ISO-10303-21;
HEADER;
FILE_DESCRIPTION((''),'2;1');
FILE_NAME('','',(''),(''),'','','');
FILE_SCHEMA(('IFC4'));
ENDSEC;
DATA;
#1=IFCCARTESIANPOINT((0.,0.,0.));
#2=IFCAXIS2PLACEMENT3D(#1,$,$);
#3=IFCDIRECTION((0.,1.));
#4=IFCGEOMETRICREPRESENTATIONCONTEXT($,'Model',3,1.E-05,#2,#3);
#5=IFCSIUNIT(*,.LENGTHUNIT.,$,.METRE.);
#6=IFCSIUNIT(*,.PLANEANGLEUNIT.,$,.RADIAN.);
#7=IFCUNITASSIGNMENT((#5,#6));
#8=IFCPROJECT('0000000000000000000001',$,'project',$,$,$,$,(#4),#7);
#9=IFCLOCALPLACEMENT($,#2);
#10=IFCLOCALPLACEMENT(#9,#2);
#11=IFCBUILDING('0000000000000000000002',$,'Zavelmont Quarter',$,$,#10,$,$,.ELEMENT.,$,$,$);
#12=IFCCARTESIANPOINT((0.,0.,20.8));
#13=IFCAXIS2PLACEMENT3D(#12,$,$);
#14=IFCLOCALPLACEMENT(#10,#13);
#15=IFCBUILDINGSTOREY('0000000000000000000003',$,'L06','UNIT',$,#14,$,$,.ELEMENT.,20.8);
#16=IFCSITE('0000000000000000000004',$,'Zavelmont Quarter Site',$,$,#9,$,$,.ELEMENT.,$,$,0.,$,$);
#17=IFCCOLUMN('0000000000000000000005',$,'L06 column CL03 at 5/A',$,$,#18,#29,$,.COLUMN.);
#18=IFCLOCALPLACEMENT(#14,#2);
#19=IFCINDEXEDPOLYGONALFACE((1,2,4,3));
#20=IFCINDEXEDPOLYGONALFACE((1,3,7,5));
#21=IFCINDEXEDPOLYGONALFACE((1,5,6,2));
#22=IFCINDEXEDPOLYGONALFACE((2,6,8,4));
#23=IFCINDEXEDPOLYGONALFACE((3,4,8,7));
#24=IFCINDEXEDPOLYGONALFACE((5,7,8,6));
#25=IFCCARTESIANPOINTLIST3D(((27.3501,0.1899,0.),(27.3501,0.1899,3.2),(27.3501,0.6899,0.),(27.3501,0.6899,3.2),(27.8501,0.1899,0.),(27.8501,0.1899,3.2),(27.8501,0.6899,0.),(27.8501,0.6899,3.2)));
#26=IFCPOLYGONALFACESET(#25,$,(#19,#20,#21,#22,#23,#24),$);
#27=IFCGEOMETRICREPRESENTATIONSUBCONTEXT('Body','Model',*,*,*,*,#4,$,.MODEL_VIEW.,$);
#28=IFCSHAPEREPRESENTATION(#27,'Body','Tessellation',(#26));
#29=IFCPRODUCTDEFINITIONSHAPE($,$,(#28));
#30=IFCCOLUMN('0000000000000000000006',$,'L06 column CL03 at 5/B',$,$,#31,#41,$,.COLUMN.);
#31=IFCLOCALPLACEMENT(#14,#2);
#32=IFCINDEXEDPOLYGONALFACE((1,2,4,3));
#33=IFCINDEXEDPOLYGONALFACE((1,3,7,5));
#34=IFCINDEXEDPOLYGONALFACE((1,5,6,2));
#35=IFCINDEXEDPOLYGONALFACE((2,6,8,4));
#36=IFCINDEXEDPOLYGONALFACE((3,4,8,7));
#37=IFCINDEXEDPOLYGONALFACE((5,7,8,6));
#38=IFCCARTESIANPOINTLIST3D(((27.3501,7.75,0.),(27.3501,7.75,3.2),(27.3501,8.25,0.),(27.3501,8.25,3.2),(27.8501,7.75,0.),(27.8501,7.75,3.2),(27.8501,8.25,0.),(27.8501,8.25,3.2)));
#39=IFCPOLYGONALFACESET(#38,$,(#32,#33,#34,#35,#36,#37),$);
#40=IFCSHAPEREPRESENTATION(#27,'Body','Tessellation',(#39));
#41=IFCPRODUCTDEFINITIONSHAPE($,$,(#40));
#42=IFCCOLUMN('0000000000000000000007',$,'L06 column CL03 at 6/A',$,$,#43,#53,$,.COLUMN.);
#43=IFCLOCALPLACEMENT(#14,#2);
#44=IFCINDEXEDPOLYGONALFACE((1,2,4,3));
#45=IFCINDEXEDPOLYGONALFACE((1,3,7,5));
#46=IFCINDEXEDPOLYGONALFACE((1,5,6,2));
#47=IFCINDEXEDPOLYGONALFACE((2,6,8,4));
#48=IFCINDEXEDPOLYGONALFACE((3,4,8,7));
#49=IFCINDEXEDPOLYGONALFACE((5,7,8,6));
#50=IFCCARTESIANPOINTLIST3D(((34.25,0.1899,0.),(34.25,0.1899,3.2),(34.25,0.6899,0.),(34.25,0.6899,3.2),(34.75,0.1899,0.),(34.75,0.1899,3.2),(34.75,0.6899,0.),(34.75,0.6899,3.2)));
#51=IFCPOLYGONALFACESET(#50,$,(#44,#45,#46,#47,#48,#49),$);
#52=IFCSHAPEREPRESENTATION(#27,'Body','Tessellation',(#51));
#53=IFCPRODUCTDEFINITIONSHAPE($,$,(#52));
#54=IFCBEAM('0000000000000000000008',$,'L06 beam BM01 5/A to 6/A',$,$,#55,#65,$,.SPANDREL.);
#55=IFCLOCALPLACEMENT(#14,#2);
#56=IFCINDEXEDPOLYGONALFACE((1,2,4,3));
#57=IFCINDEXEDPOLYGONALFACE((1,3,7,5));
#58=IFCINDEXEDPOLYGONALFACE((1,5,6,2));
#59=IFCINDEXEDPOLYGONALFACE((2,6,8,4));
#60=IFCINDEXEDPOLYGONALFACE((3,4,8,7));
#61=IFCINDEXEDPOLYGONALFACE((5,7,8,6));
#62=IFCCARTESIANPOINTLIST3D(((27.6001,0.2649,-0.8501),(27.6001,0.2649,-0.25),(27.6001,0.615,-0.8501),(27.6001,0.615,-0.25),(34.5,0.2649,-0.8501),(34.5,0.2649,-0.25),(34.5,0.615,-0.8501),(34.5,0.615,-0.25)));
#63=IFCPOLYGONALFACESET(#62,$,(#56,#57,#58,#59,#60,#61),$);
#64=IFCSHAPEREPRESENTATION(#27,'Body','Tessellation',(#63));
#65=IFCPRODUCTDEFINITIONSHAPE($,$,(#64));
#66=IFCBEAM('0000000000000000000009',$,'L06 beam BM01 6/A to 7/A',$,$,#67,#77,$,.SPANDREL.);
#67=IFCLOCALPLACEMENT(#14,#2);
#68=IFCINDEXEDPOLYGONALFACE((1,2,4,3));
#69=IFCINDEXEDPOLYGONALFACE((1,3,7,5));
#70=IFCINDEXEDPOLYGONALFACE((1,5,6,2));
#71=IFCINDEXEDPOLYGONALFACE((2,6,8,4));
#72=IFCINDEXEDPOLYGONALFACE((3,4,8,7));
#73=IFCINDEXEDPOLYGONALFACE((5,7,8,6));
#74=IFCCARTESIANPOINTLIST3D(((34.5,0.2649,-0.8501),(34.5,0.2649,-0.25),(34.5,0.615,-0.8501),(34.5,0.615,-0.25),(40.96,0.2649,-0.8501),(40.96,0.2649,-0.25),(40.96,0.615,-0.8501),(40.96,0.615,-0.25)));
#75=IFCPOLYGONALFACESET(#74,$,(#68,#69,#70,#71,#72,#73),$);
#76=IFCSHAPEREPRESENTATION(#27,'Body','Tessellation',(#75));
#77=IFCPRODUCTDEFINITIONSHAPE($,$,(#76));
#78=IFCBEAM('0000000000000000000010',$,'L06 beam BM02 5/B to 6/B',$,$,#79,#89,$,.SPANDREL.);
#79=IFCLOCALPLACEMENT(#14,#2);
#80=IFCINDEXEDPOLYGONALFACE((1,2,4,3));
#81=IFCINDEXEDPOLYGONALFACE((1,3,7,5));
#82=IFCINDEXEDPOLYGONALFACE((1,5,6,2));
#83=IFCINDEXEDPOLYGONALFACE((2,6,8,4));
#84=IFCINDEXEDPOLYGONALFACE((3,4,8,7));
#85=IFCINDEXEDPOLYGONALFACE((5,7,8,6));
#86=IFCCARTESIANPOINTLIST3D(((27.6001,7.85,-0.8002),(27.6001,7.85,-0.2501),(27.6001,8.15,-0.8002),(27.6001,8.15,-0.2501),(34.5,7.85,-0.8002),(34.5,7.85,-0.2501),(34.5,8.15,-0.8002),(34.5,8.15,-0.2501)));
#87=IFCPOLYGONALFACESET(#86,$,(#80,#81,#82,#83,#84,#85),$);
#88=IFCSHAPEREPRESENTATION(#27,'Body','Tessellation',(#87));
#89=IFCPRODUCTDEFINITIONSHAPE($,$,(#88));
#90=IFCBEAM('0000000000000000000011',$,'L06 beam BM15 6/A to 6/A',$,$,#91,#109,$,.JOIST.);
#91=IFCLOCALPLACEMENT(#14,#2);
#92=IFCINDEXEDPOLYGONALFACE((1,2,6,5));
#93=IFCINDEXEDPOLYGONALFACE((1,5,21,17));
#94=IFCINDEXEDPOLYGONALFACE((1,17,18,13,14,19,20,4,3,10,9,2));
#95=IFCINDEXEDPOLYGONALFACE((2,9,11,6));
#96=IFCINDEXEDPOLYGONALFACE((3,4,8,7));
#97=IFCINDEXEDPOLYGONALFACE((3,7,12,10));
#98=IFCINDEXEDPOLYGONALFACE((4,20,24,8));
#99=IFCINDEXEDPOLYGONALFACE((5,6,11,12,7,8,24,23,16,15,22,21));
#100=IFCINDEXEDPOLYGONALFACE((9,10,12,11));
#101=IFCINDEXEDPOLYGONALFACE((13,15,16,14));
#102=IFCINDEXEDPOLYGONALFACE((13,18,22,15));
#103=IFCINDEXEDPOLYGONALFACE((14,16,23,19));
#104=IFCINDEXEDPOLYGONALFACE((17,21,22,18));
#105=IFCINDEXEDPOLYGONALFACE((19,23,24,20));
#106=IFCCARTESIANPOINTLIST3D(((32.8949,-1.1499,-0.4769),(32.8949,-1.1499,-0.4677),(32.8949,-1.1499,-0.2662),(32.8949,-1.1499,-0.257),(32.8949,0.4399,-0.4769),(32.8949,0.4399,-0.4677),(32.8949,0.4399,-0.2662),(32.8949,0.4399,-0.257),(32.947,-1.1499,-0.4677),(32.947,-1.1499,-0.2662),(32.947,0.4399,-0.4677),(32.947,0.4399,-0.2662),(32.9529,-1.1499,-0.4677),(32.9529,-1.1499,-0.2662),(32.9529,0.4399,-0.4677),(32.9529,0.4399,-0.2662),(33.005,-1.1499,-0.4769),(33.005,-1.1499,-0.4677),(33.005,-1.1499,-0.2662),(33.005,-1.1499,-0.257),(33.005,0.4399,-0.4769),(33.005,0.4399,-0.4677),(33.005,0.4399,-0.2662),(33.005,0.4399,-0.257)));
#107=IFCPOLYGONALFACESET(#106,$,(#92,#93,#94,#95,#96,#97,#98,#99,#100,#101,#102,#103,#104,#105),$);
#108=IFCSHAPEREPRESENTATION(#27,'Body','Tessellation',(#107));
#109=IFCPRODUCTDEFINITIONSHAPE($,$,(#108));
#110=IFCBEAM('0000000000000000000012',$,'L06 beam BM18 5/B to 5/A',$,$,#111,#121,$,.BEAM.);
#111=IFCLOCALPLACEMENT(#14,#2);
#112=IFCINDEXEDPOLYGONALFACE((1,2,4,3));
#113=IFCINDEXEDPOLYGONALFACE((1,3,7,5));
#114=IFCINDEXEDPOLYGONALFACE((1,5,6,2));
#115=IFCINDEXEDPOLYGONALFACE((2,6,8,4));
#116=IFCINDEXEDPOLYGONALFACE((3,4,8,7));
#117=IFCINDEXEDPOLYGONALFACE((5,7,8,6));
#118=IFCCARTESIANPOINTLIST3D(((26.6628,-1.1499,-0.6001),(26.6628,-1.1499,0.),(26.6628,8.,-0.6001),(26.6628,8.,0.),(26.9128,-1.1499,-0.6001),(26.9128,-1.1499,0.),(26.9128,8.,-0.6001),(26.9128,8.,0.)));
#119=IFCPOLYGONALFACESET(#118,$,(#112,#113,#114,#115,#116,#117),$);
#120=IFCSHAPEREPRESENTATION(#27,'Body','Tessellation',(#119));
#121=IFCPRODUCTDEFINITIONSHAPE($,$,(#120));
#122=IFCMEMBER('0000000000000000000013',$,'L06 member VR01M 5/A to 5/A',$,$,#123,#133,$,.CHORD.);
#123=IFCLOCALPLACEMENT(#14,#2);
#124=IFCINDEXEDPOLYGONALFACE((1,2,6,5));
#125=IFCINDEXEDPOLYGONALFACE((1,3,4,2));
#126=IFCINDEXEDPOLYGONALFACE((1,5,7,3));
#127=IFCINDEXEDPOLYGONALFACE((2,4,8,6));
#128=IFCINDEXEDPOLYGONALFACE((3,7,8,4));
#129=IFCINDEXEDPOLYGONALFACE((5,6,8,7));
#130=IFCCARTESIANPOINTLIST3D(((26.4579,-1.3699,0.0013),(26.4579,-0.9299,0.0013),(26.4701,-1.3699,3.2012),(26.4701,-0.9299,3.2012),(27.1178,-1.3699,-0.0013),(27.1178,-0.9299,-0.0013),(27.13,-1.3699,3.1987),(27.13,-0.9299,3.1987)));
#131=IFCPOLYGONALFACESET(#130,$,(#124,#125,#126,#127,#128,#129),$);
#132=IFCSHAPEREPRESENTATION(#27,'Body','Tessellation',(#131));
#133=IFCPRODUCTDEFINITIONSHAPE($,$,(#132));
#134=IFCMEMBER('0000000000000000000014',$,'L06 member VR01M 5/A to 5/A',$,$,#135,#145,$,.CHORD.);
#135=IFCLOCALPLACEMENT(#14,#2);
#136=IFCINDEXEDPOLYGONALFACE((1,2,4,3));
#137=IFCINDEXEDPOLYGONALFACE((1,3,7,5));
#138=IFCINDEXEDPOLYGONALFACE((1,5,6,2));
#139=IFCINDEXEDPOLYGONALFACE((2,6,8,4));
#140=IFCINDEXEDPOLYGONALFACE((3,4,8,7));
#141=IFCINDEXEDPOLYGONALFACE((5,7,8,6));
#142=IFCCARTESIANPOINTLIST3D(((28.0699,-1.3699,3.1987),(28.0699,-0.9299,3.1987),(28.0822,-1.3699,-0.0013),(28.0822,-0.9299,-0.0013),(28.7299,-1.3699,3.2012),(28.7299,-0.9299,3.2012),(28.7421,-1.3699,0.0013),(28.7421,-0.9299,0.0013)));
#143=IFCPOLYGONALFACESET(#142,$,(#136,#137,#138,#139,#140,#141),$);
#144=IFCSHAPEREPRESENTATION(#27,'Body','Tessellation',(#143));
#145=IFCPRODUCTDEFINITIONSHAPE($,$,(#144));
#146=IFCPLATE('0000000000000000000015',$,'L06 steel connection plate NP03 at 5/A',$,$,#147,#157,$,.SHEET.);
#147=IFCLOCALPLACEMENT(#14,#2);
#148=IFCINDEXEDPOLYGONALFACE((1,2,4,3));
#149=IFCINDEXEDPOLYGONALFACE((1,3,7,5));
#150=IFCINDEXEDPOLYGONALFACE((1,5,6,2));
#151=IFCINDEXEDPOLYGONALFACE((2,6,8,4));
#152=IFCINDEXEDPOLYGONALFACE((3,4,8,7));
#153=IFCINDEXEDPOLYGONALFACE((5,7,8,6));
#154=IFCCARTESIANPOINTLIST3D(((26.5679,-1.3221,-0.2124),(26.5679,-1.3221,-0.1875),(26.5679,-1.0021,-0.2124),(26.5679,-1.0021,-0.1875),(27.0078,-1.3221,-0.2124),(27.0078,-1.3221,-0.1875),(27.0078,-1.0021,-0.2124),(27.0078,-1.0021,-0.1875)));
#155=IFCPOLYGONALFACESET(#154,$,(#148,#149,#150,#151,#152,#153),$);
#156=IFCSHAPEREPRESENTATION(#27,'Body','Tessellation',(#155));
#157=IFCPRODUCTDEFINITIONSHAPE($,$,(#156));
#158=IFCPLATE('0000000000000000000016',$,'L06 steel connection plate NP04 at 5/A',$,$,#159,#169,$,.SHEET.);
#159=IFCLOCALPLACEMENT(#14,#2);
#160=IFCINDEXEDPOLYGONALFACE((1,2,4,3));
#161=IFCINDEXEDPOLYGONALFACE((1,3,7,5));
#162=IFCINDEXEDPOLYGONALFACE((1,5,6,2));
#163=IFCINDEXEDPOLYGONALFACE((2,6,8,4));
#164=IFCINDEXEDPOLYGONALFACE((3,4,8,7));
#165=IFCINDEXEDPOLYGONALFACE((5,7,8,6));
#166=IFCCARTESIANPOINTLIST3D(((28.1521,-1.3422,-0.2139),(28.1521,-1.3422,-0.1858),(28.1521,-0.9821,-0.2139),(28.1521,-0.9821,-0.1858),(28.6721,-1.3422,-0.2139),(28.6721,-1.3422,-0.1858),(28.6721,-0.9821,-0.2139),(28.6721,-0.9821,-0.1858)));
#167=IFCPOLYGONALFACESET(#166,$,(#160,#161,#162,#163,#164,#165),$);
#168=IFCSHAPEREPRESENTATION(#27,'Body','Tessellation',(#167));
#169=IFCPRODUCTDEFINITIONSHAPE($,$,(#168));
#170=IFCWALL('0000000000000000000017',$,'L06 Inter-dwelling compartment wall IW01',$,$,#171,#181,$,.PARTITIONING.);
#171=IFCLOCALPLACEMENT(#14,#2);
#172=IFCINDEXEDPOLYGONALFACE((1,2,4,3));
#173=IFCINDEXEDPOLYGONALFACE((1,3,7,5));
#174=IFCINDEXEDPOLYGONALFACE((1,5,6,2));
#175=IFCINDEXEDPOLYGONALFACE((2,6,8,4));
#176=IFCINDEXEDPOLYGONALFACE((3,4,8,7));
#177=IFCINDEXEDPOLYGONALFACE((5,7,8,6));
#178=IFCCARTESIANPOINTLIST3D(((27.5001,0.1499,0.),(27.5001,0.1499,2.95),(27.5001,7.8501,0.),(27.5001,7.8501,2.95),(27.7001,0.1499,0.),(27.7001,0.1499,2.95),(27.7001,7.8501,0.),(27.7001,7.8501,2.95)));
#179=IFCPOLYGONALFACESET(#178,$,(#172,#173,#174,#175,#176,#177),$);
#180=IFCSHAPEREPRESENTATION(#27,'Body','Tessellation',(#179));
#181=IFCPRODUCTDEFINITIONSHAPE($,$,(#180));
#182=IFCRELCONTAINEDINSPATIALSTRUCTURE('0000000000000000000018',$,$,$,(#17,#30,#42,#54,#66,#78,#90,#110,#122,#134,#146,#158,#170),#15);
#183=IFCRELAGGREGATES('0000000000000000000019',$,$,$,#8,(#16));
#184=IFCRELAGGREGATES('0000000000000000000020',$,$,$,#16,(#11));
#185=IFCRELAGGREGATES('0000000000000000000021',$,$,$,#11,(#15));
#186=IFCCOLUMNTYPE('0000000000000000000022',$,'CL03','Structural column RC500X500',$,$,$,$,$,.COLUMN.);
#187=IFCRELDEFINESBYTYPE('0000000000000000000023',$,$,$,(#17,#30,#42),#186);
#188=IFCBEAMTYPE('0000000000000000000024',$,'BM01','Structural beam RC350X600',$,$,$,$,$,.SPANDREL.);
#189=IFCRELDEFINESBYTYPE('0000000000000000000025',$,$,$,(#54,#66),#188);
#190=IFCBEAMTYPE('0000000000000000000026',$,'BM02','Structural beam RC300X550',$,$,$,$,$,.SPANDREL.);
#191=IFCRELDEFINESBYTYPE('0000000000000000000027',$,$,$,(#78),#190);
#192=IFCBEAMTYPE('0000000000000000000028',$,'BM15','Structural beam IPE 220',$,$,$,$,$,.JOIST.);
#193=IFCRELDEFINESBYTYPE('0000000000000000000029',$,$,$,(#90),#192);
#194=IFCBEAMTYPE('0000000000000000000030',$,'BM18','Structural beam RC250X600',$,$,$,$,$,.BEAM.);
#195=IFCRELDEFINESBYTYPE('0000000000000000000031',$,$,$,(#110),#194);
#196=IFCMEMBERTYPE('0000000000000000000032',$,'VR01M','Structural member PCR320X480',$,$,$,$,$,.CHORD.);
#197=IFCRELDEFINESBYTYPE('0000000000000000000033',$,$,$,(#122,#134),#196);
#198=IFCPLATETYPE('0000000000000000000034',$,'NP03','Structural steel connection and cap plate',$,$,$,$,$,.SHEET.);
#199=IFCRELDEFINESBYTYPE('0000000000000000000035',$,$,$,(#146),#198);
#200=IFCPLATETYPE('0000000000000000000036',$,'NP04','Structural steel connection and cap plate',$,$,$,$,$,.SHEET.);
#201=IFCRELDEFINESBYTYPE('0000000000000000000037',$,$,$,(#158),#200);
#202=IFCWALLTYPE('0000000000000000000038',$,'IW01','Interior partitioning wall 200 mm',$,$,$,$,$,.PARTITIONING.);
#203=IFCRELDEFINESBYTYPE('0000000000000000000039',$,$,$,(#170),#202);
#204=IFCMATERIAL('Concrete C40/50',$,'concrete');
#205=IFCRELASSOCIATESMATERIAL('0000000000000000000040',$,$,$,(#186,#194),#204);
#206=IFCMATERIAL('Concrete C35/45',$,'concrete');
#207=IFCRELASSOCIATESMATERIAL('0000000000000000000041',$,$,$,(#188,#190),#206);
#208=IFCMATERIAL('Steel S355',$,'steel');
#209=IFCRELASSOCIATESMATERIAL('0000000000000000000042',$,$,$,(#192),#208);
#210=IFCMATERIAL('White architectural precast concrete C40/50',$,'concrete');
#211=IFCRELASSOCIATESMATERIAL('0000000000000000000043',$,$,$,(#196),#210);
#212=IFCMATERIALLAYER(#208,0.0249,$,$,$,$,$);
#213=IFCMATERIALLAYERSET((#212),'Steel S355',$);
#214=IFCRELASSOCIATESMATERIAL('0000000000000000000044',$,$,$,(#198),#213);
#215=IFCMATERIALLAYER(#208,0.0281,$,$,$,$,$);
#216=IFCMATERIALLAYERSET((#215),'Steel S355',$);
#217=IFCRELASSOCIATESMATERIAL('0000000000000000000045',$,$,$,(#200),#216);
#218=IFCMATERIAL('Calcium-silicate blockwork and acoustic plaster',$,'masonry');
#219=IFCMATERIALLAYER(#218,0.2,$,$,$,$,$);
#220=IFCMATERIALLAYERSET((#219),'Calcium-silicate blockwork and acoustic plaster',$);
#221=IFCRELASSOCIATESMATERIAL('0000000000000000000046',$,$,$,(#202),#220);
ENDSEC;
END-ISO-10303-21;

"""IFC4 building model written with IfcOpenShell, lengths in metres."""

from ifc_helpers import new_model, si_unit, direction, frame, frame_2d, origin, origin_2d, place, context, subcontext, project, spatial, rectangle, i_section, extrude, material, layer, layer_set, material_profile, profile_set, type_object, element, save


model = new_model("IFC4")

# Units and contexts
model_context = context("Model", 3, precision=1e-05, world=origin(), true_north=direction((0.0, 1.0)))
body_context = subcontext(model_context, "Body", "Model", "MODEL_VIEW")
ifc_project = project(units=[si_unit("LENGTHUNIT", "METRE"), si_unit("PLANEANGLEUNIT", "RADIAN")], contexts=[model_context])

# Site, building, storey
site_placement = place(None, origin())
site = spatial("IfcSite", under=ifc_project, at=site_placement, Name="Zavelmont Quarter Site", CompositionType="ELEMENT", RefElevation=0.0)
building_placement = place(site_placement, origin())
building = spatial("IfcBuilding", under=site, at=building_placement, Name="Zavelmont Quarter", CompositionType="ELEMENT")
storey_placement = place(building_placement, frame((0.0, 0.0, 20.8)))
storey = spatial("IfcBuildingStorey", under=building, at=storey_placement, Name="L06", Description="UNIT", CompositionType="ELEMENT", Elevation=20.8)

# Columns
ifc_material_1 = material(Name="Concrete C40/50", Category="concrete")
ifc_material_profile_1 = material_profile(ifc_material_1, rectangle(XDim=0.5, YDim=0.5, at=origin_2d()), Name="RC500X500")
ifc_profile_set_1 = profile_set([ifc_material_profile_1], Name="Concrete C40/50")
column_type = type_object("IfcColumnType", Name="CL03", Description="Structural column RC500X500", PredefinedType="COLUMN", material=ifc_profile_set_1)
for number, where, z_axis, x_axis, name in (
    (1, (27.6001, 0.4399, 0.0), (0.0, 0.0, 1.0), (1.0, 0.0, 0.0), "L06 column CL03 at 5/A"),
    (2, (27.6001, 8.0, 0.0), (0.0, 0.0, 1.0), (1.0, 0.0, 0.0), "L06 column CL03 at 5/B"),
    (3, (34.5, 0.4399, 0.0), (0.0, 0.0, 1.0), (1.0, 0.0, 0.0), "L06 column CL03 at 6/A"),
):
    element("IfcColumn", number, at=place(storey_placement, frame(where, z_axis=z_axis, x_axis=x_axis)), inside=storey, type_object=column_type, Name=name, PredefinedType="COLUMN", context=body_context, shape_type="SweptSolid", body=[
        extrude(rectangle(XDim=0.5, YDim=0.5, at=origin_2d()), origin(), (0.0, 0.0, 1.0), 3.2),
    ])

# Beams
ifc_material_2 = material(Name="Concrete C35/45", Category="concrete")
ifc_material_profile_2 = material_profile(ifc_material_2, rectangle(XDim=0.3501, YDim=0.6001, at=origin_2d()), Name="RC350X600")
ifc_profile_set_2 = profile_set([ifc_material_profile_2], Name="Concrete C35/45")
beam_type_1 = type_object("IfcBeamType", Name="BM01", Description="Structural beam RC350X600", PredefinedType="SPANDREL", material=ifc_profile_set_2)
beam_1_placement = place(storey_placement, frame((27.6001, 0.4399, -0.55), z_axis=(1.0, 0.0, 0.0), x_axis=(0.0, 1.0, 0.0)))
element("IfcBeam", 4, at=beam_1_placement, inside=storey, type_object=beam_type_1, Name="L06 beam BM01 5/A to 6/A", PredefinedType="SPANDREL", context=body_context, shape_type="SweptSolid", body=[
    extrude(rectangle(XDim=0.3501, YDim=0.6001, at=origin_2d()), origin(), (0.0, 0.0, 1.0), 6.8999),
])
beam_2_placement = place(storey_placement, frame((34.5, 0.4399, -0.55), z_axis=(1.0, 0.0, 0.0), x_axis=(0.0, 1.0, 0.0)))
element("IfcBeam", 5, at=beam_2_placement, inside=storey, type_object=beam_type_1, Name="L06 beam BM01 6/A to 7/A", PredefinedType="SPANDREL", context=body_context, shape_type="SweptSolid", body=[
    extrude(rectangle(XDim=0.3501, YDim=0.6001, at=origin_2d()), origin(), (0.0, 0.0, 1.0), 6.46),
])
ifc_material_profile_3 = material_profile(ifc_material_2, rectangle(XDim=0.3, YDim=0.55, at=origin_2d()), Name="RC300X550")
ifc_profile_set_3 = profile_set([ifc_material_profile_3], Name="Concrete C35/45")
beam_type_2 = type_object("IfcBeamType", Name="BM02", Description="Structural beam RC300X550", PredefinedType="SPANDREL", material=ifc_profile_set_3)
beam_3_placement = place(storey_placement, frame((27.6001, 8.0, -0.5251), z_axis=(1.0, 0.0, 0.0), x_axis=(0.0, 1.0, 0.0)))
element("IfcBeam", 6, at=beam_3_placement, inside=storey, type_object=beam_type_2, Name="L06 beam BM02 5/B to 6/B", PredefinedType="SPANDREL", context=body_context, shape_type="SweptSolid", body=[
    extrude(rectangle(XDim=0.3, YDim=0.55, at=origin_2d()), origin(), (0.0, 0.0, 1.0), 6.8999),
])
ifc_material_3 = material(Name="Steel S355", Category="steel")
ifc_material_profile_4 = material_profile(ifc_material_3, i_section(OverallWidth=0.1101, OverallDepth=0.22, WebThickness=0.0059, FlangeThickness=0.0093, at=origin_2d()), Name="IPE 220")
ifc_profile_set_4 = profile_set([ifc_material_profile_4], Name="Steel S355")
beam_type_3 = type_object("IfcBeamType", Name="BM15", Description="Structural beam IPE 220", PredefinedType="JOIST", material=ifc_profile_set_4)
beam_4_placement = place(storey_placement, frame((32.95, 0.4399, -0.3669), z_axis=(0.0, -1.0, 0.0), x_axis=(1.0, 0.0, 0.0)))
element("IfcBeam", 7, at=beam_4_placement, inside=storey, type_object=beam_type_3, Name="L06 beam BM15 6/A to 6/A", PredefinedType="JOIST", context=body_context, shape_type="SweptSolid", body=[
    extrude(i_section(OverallWidth=0.1101, OverallDepth=0.22, WebThickness=0.0059, FlangeThickness=0.0093, at=origin_2d()), origin(), (0.0, 0.0, 1.0), 1.5898),
])
ifc_material_profile_5 = material_profile(ifc_material_1, rectangle(XDim=0.25, YDim=0.6001, at=origin_2d()), Name="RC250X600")
ifc_profile_set_5 = profile_set([ifc_material_profile_5], Name="Concrete C40/50")
beam_type_4 = type_object("IfcBeamType", Name="BM18", Description="Structural beam RC250X600", PredefinedType="BEAM", material=ifc_profile_set_5)
beam_5_placement = place(storey_placement, frame((26.7878, 8.0, -0.3), z_axis=(0.0, -1.0, 0.0), x_axis=(1.0, 0.0, 0.0)))
element("IfcBeam", 8, at=beam_5_placement, inside=storey, type_object=beam_type_4, Name="L06 beam BM18 5/B to 5/A", PredefinedType="BEAM", context=body_context, shape_type="SweptSolid", body=[
    extrude(rectangle(XDim=0.25, YDim=0.6001, at=origin_2d()), origin(), (0.0, 0.0, 1.0), 9.1499),
])

# Members
ifc_material_4 = material(Name="White architectural precast concrete C40/50", Category="concrete")
ifc_material_profile_6 = material_profile(ifc_material_4, rectangle(XDim=0.4399, YDim=0.6599, at=origin_2d()), Name="PCR320X480")
ifc_profile_set_6 = profile_set([ifc_material_profile_6], Name="White architectural precast concrete C40/50")
member_type = type_object("IfcMemberType", Name="VR01M", Description="Structural member PCR320X480", PredefinedType="CHORD", material=ifc_profile_set_6)
for number, where, z_axis, x_axis, name in (
    (9, (26.7878, -1.1499, 0.0), (0.003815, 0.0, 0.999993), (0.0, 1.0, 0.0), "L06 member VR01M 5/A to 5/A"),
    (10, (28.4121, -1.1499, 0.0), (-0.003815, 0.0, 0.999993), (0.0, -1.0, 0.0), "L06 member VR01M 5/A to 5/A"),
):
    element("IfcMember", number, at=place(storey_placement, frame(where, z_axis=z_axis, x_axis=x_axis)), inside=storey, type_object=member_type, Name=name, PredefinedType="CHORD", context=body_context, shape_type="SweptSolid", body=[
        extrude(rectangle(XDim=0.4399, YDim=0.6599, at=origin_2d()), origin(), (0.0, 0.0, 1.0), 3.2),
    ])

# Plates
ifc_layer_1 = layer(ifc_material_3, 0.0249)
ifc_layer_set_1 = layer_set([ifc_layer_1], Name="Steel S355")
plate_type_1 = type_object("IfcPlateType", Name="NP03", Description="Structural steel connection and cap plate", PredefinedType="SHEET", material=ifc_layer_set_1)
plate_1_placement = place(storey_placement, frame((26.7878, -1.1621, -0.2124), z_axis=(0.0, 0.0, 1.0), x_axis=(1.0, 0.0, 0.0)))
element("IfcPlate", 11, at=plate_1_placement, inside=storey, type_object=plate_type_1, Name="L06 steel connection plate NP03 at 5/A", PredefinedType="SHEET", context=body_context, shape_type="SweptSolid", body=[
    extrude(rectangle(XDim=0.4399, YDim=0.3201, at=origin_2d()), origin(), (0.0, 0.0, 1.0), 0.0249),
])
ifc_layer_2 = layer(ifc_material_3, 0.0281)
ifc_layer_set_2 = layer_set([ifc_layer_2], Name="Steel S355")
plate_type_2 = type_object("IfcPlateType", Name="NP04", Description="Structural steel connection and cap plate", PredefinedType="SHEET", material=ifc_layer_set_2)
plate_2_placement = place(storey_placement, frame((28.4121, -1.1621, -0.2139), z_axis=(0.0, 0.0, 1.0), x_axis=(1.0, 0.0, 0.0)))
element("IfcPlate", 12, at=plate_2_placement, inside=storey, type_object=plate_type_2, Name="L06 steel connection plate NP04 at 5/A", PredefinedType="SHEET", context=body_context, shape_type="SweptSolid", body=[
    extrude(rectangle(XDim=0.52, YDim=0.3601, at=origin_2d()), origin(), (0.0, 0.0, 1.0), 0.0281),
])

# Wall
ifc_material_5 = material(Name="Calcium-silicate blockwork and acoustic plaster", Category="masonry")
ifc_layer_3 = layer(ifc_material_5, 0.2)
ifc_layer_set_3 = layer_set([ifc_layer_3], Name="Calcium-silicate blockwork and acoustic plaster")
wall_type_1 = type_object("IfcWallType", Name="IW01", Description="Interior partitioning wall 200 mm", PredefinedType="PARTITIONING", material=ifc_layer_set_3)
wall_1_placement = place(storey_placement, frame((27.6001, 7.8501, 0.0), z_axis=(0.0, 0.0, 1.0), x_axis=(0.0, -1.0, 0.0)))
element("IfcWall", 13, at=wall_1_placement, inside=storey, type_object=wall_type_1, Name="L06 Inter-dwelling compartment wall IW01", PredefinedType="PARTITIONING", context=body_context, shape_type="SweptSolid", body=[
    extrude(rectangle(XDim=7.7002, YDim=0.2, at=frame_2d((3.8501, 0.0))), origin(), (0.0, 0.0, 1.0), 2.95),
])

save(model, "model.ifc")
